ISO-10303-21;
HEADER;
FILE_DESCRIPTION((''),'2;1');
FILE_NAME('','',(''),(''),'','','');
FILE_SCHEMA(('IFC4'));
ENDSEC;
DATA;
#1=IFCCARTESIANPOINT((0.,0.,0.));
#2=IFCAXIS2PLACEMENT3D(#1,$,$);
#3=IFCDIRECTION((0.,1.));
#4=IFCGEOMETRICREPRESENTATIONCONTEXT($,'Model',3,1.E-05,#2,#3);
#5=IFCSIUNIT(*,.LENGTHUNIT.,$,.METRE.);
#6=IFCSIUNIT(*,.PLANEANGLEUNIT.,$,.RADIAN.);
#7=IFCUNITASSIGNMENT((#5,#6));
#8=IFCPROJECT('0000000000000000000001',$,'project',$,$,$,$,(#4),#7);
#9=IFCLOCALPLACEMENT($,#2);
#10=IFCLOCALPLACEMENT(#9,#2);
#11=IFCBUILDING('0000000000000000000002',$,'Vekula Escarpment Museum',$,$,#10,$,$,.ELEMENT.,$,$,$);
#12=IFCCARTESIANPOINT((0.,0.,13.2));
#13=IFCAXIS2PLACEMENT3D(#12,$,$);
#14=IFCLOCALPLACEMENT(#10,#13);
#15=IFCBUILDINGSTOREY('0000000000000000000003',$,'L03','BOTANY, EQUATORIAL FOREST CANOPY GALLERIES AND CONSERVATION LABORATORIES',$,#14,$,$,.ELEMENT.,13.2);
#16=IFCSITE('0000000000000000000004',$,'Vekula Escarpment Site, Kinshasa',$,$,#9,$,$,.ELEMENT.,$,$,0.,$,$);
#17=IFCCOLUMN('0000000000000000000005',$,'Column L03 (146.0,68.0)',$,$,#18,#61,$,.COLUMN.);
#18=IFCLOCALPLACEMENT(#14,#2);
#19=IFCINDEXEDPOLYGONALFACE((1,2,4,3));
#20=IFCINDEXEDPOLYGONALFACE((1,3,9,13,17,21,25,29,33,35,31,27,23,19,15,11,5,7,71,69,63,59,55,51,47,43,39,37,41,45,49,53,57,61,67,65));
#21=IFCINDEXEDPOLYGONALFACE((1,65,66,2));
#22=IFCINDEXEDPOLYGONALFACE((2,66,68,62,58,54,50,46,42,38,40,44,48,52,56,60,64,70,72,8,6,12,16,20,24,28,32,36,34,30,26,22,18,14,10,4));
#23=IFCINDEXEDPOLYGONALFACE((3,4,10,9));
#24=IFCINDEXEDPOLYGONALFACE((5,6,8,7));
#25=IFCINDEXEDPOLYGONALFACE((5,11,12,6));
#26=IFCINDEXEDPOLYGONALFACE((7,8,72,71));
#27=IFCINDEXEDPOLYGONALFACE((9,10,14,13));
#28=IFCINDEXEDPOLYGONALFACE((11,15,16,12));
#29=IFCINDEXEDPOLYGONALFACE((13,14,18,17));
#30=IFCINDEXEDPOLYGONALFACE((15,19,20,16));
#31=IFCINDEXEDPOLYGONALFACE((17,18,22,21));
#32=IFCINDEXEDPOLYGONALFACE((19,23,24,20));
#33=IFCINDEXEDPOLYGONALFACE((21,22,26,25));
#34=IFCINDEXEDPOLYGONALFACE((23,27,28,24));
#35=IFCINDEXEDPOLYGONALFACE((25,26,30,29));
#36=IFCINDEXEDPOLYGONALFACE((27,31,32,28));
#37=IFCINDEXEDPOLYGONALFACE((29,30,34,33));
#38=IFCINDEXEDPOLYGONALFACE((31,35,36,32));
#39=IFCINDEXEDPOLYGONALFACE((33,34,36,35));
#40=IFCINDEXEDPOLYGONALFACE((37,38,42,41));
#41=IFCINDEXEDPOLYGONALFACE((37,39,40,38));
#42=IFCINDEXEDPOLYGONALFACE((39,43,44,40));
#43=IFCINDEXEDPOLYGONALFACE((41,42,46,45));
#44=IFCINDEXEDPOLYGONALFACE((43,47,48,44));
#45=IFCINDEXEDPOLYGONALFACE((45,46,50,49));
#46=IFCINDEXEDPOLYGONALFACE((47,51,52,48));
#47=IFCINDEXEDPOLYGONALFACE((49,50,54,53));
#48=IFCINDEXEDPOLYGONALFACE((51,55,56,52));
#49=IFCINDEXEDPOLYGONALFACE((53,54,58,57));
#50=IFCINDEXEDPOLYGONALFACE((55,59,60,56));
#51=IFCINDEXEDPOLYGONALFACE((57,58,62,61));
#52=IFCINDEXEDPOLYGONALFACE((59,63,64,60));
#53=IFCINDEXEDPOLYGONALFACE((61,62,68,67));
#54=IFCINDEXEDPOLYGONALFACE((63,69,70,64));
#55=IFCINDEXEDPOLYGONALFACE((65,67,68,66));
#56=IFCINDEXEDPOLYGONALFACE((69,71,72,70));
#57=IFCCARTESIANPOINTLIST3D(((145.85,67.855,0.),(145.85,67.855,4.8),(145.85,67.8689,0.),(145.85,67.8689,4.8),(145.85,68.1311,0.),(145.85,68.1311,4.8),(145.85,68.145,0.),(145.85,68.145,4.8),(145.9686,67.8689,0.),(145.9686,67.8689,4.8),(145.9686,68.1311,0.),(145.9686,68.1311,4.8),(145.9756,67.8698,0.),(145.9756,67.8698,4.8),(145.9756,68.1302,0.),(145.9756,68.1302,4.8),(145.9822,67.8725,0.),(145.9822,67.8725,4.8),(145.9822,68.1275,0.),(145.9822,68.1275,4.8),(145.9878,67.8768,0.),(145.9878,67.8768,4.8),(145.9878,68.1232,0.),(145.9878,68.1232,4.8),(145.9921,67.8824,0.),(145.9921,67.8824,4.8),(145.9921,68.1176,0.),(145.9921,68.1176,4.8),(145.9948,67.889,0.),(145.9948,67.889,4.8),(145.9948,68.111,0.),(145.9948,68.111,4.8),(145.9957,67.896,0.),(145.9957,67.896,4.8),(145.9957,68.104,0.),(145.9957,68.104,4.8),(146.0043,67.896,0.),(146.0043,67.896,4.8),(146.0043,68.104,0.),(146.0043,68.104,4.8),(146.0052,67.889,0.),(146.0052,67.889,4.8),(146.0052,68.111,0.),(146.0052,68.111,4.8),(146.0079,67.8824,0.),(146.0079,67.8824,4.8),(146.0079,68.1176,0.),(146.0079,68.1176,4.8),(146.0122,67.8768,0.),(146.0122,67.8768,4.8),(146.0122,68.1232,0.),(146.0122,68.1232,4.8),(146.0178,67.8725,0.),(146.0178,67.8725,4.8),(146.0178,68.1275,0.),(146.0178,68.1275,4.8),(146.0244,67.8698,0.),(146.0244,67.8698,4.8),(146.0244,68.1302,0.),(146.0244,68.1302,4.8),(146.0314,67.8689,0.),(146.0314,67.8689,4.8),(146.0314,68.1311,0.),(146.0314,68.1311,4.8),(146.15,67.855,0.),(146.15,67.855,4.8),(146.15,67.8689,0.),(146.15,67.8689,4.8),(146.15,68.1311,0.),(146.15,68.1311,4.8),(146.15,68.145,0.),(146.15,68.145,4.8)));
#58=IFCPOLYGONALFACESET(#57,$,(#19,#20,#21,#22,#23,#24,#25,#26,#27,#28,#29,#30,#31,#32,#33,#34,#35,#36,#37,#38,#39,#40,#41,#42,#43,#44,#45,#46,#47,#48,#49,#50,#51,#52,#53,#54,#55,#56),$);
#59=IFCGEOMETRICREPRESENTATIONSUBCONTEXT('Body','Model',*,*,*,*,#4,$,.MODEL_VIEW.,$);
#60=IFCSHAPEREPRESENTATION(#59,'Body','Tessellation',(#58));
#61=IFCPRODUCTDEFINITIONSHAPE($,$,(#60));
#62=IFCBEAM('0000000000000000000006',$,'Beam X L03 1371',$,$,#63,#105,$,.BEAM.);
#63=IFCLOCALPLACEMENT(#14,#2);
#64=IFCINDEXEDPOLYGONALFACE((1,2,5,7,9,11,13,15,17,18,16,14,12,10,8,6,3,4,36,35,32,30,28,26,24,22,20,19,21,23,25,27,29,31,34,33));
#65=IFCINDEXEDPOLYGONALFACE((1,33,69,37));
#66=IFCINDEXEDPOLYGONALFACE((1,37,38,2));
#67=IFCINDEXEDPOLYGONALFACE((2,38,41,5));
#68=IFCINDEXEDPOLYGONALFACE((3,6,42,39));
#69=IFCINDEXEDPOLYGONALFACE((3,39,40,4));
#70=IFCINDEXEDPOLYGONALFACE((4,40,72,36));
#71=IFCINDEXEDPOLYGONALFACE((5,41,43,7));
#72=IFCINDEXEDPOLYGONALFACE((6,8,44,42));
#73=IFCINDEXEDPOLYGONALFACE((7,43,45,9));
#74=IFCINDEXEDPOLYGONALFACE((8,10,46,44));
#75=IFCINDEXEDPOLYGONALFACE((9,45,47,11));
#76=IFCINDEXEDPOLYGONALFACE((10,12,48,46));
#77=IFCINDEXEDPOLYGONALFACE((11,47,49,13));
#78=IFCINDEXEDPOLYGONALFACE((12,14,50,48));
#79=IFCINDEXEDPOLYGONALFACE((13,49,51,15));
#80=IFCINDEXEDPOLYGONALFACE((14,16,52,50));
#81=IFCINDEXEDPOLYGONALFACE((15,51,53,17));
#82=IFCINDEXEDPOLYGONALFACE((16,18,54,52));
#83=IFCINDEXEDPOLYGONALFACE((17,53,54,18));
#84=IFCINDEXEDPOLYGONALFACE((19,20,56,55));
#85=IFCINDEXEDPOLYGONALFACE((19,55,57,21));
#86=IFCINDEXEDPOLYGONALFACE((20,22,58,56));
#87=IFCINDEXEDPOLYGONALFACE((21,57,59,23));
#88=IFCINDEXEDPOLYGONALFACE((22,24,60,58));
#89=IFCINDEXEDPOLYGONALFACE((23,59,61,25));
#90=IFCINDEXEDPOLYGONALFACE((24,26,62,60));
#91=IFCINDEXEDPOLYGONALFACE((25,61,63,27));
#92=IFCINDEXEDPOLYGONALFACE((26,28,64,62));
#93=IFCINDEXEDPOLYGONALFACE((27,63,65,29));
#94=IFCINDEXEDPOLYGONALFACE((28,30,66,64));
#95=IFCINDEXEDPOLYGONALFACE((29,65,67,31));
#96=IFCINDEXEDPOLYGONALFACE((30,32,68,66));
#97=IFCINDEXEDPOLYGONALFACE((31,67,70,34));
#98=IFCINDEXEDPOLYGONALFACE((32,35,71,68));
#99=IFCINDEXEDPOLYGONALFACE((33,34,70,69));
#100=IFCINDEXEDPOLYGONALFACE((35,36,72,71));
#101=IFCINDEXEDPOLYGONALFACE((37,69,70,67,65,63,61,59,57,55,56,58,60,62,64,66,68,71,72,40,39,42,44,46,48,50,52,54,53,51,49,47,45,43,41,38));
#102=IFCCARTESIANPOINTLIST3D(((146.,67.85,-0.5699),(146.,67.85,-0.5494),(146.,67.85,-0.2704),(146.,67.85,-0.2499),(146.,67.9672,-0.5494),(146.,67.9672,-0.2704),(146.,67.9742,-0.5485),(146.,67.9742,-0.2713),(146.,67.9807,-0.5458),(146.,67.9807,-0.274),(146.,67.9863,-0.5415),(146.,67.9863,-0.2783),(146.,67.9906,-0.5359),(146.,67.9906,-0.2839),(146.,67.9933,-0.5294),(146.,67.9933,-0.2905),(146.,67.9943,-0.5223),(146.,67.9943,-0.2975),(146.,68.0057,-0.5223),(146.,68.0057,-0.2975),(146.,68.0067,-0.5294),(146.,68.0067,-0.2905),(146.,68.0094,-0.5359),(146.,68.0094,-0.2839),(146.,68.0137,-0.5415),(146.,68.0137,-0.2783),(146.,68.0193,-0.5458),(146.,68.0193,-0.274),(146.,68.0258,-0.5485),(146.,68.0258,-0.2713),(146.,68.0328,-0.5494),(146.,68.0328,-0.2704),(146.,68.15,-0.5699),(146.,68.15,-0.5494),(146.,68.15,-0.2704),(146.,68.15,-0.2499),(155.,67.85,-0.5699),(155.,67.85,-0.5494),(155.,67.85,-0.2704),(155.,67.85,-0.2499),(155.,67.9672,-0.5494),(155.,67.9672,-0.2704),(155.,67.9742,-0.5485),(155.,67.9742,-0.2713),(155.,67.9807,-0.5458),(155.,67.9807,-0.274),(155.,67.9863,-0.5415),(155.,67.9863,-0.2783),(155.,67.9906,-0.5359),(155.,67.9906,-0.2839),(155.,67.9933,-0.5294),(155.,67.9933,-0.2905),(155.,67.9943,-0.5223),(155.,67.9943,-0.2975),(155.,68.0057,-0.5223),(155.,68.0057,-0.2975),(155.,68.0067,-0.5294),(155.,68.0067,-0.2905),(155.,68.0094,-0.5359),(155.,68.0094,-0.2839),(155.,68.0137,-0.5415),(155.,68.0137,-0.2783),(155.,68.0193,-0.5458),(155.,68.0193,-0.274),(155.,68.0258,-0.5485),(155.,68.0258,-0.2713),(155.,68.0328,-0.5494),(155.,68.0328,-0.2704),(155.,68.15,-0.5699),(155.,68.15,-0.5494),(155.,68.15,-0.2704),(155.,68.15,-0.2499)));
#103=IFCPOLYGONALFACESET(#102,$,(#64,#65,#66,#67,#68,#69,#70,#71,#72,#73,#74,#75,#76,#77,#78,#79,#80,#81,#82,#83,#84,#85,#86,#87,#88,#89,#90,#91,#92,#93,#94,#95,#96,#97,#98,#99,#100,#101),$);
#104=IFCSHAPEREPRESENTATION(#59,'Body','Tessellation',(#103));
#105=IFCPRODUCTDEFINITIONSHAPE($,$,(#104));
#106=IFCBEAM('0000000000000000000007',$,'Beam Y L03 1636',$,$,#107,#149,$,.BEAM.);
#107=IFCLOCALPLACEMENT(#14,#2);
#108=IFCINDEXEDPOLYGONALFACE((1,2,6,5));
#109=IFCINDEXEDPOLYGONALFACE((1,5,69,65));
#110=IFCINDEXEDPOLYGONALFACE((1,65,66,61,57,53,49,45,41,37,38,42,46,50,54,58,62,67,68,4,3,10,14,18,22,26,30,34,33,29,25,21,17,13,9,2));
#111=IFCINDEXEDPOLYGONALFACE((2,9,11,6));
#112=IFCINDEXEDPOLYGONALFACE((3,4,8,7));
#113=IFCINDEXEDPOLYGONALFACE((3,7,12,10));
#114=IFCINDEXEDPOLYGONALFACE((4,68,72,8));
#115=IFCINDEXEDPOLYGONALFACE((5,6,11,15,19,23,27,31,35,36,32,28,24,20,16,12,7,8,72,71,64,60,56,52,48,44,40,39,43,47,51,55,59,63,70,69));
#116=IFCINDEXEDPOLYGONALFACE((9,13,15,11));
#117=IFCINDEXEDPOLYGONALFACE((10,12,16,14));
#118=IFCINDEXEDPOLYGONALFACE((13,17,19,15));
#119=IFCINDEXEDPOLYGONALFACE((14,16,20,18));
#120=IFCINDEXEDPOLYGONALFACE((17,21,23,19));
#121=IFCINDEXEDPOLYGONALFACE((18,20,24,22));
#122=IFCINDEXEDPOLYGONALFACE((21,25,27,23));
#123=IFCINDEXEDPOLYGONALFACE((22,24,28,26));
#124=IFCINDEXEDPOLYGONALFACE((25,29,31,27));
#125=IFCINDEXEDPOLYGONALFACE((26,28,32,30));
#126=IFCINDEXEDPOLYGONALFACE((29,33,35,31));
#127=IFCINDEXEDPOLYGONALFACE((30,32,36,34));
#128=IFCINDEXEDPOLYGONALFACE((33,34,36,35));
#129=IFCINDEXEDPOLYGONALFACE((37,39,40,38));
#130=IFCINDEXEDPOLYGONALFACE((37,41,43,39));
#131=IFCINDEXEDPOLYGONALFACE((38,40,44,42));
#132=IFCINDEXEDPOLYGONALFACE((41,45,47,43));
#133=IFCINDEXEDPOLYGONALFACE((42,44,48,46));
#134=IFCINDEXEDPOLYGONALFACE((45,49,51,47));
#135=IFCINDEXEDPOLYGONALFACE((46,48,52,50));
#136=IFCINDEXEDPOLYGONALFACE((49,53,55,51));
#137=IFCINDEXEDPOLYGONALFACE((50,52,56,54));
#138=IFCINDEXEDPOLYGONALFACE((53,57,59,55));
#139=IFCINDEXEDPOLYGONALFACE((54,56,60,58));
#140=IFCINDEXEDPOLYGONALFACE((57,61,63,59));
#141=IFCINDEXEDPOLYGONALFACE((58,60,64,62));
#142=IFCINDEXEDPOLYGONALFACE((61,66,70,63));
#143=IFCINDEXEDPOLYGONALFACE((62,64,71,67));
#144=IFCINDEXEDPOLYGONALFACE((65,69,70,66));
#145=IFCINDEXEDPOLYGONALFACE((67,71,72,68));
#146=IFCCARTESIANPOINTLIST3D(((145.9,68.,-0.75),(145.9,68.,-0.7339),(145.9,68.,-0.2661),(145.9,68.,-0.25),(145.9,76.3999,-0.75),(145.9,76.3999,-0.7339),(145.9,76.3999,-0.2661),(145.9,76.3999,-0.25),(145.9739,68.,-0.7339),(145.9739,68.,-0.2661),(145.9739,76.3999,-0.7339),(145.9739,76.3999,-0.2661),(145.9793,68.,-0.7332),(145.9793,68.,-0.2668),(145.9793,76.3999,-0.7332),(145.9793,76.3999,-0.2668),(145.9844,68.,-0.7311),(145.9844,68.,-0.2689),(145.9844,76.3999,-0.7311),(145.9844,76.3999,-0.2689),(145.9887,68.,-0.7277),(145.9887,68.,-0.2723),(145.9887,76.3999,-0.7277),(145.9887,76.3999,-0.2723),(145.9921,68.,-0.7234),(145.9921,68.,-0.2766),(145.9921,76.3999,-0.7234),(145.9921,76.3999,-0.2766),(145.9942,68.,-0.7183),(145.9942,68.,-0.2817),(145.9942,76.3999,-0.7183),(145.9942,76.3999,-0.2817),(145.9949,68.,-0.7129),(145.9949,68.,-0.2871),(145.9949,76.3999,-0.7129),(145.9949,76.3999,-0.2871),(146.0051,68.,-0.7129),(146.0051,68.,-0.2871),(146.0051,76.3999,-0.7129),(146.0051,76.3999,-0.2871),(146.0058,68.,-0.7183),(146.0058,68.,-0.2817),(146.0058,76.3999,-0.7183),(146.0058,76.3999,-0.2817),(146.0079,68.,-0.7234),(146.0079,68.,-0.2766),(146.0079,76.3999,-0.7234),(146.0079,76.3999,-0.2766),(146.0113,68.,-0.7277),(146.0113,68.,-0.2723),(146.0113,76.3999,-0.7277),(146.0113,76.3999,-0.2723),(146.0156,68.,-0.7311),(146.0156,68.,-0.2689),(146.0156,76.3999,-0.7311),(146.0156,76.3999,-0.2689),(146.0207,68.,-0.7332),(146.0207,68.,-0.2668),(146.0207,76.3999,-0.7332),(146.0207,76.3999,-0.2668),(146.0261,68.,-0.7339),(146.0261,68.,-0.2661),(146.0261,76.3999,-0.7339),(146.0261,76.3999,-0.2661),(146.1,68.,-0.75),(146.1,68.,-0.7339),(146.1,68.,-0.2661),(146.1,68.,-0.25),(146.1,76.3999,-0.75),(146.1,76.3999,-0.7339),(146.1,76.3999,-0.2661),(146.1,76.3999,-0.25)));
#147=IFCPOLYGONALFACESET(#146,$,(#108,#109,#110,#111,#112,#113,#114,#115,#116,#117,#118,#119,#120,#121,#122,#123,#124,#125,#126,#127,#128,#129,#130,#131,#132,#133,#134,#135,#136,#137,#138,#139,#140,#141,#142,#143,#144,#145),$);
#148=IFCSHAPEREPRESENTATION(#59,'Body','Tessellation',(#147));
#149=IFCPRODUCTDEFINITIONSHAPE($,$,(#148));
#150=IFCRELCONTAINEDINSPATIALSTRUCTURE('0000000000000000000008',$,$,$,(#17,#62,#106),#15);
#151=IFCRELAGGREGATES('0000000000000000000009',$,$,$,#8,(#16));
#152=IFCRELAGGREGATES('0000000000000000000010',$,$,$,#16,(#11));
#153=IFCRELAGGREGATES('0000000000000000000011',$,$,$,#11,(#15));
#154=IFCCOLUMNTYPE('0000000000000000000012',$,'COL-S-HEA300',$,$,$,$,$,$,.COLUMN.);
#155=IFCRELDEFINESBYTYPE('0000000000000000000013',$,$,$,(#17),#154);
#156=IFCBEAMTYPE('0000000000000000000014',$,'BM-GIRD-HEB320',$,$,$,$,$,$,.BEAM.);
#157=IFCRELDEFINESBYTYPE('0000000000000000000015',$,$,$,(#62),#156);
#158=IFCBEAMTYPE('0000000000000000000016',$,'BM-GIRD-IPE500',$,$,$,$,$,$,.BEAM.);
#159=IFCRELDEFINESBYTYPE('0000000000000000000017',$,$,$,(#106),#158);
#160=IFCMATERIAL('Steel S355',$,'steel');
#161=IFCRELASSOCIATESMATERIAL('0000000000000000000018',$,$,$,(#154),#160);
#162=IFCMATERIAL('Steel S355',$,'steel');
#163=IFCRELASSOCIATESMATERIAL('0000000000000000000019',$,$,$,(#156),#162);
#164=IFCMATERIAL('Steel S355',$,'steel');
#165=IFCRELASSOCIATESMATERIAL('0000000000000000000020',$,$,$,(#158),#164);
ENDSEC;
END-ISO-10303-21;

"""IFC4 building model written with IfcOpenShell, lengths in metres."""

from ifc_helpers import new_model, si_unit, direction, frame, origin, origin_2d, place, context, subcontext, project, spatial, i_section, extrude, material, material_profile, profile_set, type_object, element, save


model = new_model("IFC4")

# Units and contexts
model_context = context("Model", 3, precision=1e-05, world=origin(), true_north=direction((0.0, 1.0)))
body_context = subcontext(model_context, "Body", "Model", "MODEL_VIEW")
ifc_project = project(units=[si_unit("LENGTHUNIT", "METRE"), si_unit("PLANEANGLEUNIT", "RADIAN")], contexts=[model_context])

# Site, building, storey
site_placement = place(None, origin())
site = spatial("IfcSite", under=ifc_project, at=site_placement, Name="Vekula Escarpment Site, Kinshasa", CompositionType="ELEMENT", RefElevation=0.0)
building_placement = place(site_placement, origin())
building = spatial("IfcBuilding", under=site, at=building_placement, Name="Vekula Escarpment Museum", CompositionType="ELEMENT")
storey_placement = place(building_placement, frame((0.0, 0.0, 13.2)))
storey = spatial("IfcBuildingStorey", under=building, at=storey_placement, Name="L03", Description="BOTANY, EQUATORIAL FOREST CANOPY GALLERIES AND CONSERVATION LABORATORIES", CompositionType="ELEMENT", Elevation=13.2)

# Column
ifc_material_1 = material(Name="Steel S355", Category="steel")
ifc_material_profile_1 = material_profile(ifc_material_1, i_section(OverallWidth=0.3, OverallDepth=0.29, WebThickness=0.0085, FlangeThickness=0.0139, FilletRadius=0.0271, at=origin_2d()), Name="HEA 300")
ifc_profile_set_1 = profile_set([ifc_material_profile_1], Name="Steel S355")
column_type = type_object("IfcColumnType", Name="COL-S-HEA300", PredefinedType="COLUMN", material=ifc_profile_set_1)
column_placement = place(storey_placement, frame((146.0, 68.0, 0.0), z_axis=(0.0, 0.0, 1.0), x_axis=(1.0, 0.0, 0.0)))
element("IfcColumn", 1, at=column_placement, inside=storey, type_object=column_type, Name="Column L03 (146.0,68.0)", PredefinedType="COLUMN", context=body_context, shape_type="SweptSolid", body=[
    extrude(i_section(OverallWidth=0.3, OverallDepth=0.29, WebThickness=0.0085, FlangeThickness=0.0139, FilletRadius=0.0271, at=origin_2d()), origin(), (0.0, 0.0, 1.0), 4.8),
])

# Beams
ifc_material_2 = material(Name="Steel S355", Category="steel")
ifc_material_profile_2 = material_profile(ifc_material_2, i_section(OverallWidth=0.3, OverallDepth=0.3201, WebThickness=0.0115, FlangeThickness=0.0205, FilletRadius=0.0271, at=origin_2d()), Name="HEB 320")
ifc_profile_set_2 = profile_set([ifc_material_profile_2], Name="Steel S355")
beam_type_1 = type_object("IfcBeamType", Name="BM-GIRD-HEB320", PredefinedType="BEAM", material=ifc_profile_set_2)
beam_1_placement = place(storey_placement, frame((146.0, 68.0, -0.4099), z_axis=(1.0, 0.0, 0.0), x_axis=(0.0, 1.0, 0.0)))
element("IfcBeam", 2, at=beam_1_placement, inside=storey, type_object=beam_type_1, Name="Beam X L03 1371", PredefinedType="BEAM", context=body_context, shape_type="SweptSolid", body=[
    extrude(i_section(OverallWidth=0.3, OverallDepth=0.3201, WebThickness=0.0115, FlangeThickness=0.0205, FilletRadius=0.0271, at=origin_2d()), origin(), (0.0, 0.0, 1.0), 9.0),
])
ifc_material_3 = material(Name="Steel S355", Category="steel")
ifc_material_profile_3 = material_profile(ifc_material_3, i_section(OverallWidth=0.2, OverallDepth=0.5, WebThickness=0.0103, FlangeThickness=0.0161, FilletRadius=0.021, at=origin_2d()), Name="IPE 500")
ifc_profile_set_3 = profile_set([ifc_material_profile_3], Name="Steel S355")
beam_type_2 = type_object("IfcBeamType", Name="BM-GIRD-IPE500", PredefinedType="BEAM", material=ifc_profile_set_3)
beam_2_placement = place(storey_placement, frame((146.0, 68.0, -0.5), z_axis=(0.0, 1.0, 0.0), x_axis=(-1.0, 0.0, 0.0)))
element("IfcBeam", 3, at=beam_2_placement, inside=storey, type_object=beam_type_2, Name="Beam Y L03 1636", PredefinedType="BEAM", context=body_context, shape_type="SweptSolid", body=[
    extrude(i_section(OverallWidth=0.2, OverallDepth=0.5, WebThickness=0.0103, FlangeThickness=0.0161, FilletRadius=0.021, at=origin_2d()), origin(), (0.0, 0.0, 1.0), 8.3999),
])

save(model, "model.ifc")
